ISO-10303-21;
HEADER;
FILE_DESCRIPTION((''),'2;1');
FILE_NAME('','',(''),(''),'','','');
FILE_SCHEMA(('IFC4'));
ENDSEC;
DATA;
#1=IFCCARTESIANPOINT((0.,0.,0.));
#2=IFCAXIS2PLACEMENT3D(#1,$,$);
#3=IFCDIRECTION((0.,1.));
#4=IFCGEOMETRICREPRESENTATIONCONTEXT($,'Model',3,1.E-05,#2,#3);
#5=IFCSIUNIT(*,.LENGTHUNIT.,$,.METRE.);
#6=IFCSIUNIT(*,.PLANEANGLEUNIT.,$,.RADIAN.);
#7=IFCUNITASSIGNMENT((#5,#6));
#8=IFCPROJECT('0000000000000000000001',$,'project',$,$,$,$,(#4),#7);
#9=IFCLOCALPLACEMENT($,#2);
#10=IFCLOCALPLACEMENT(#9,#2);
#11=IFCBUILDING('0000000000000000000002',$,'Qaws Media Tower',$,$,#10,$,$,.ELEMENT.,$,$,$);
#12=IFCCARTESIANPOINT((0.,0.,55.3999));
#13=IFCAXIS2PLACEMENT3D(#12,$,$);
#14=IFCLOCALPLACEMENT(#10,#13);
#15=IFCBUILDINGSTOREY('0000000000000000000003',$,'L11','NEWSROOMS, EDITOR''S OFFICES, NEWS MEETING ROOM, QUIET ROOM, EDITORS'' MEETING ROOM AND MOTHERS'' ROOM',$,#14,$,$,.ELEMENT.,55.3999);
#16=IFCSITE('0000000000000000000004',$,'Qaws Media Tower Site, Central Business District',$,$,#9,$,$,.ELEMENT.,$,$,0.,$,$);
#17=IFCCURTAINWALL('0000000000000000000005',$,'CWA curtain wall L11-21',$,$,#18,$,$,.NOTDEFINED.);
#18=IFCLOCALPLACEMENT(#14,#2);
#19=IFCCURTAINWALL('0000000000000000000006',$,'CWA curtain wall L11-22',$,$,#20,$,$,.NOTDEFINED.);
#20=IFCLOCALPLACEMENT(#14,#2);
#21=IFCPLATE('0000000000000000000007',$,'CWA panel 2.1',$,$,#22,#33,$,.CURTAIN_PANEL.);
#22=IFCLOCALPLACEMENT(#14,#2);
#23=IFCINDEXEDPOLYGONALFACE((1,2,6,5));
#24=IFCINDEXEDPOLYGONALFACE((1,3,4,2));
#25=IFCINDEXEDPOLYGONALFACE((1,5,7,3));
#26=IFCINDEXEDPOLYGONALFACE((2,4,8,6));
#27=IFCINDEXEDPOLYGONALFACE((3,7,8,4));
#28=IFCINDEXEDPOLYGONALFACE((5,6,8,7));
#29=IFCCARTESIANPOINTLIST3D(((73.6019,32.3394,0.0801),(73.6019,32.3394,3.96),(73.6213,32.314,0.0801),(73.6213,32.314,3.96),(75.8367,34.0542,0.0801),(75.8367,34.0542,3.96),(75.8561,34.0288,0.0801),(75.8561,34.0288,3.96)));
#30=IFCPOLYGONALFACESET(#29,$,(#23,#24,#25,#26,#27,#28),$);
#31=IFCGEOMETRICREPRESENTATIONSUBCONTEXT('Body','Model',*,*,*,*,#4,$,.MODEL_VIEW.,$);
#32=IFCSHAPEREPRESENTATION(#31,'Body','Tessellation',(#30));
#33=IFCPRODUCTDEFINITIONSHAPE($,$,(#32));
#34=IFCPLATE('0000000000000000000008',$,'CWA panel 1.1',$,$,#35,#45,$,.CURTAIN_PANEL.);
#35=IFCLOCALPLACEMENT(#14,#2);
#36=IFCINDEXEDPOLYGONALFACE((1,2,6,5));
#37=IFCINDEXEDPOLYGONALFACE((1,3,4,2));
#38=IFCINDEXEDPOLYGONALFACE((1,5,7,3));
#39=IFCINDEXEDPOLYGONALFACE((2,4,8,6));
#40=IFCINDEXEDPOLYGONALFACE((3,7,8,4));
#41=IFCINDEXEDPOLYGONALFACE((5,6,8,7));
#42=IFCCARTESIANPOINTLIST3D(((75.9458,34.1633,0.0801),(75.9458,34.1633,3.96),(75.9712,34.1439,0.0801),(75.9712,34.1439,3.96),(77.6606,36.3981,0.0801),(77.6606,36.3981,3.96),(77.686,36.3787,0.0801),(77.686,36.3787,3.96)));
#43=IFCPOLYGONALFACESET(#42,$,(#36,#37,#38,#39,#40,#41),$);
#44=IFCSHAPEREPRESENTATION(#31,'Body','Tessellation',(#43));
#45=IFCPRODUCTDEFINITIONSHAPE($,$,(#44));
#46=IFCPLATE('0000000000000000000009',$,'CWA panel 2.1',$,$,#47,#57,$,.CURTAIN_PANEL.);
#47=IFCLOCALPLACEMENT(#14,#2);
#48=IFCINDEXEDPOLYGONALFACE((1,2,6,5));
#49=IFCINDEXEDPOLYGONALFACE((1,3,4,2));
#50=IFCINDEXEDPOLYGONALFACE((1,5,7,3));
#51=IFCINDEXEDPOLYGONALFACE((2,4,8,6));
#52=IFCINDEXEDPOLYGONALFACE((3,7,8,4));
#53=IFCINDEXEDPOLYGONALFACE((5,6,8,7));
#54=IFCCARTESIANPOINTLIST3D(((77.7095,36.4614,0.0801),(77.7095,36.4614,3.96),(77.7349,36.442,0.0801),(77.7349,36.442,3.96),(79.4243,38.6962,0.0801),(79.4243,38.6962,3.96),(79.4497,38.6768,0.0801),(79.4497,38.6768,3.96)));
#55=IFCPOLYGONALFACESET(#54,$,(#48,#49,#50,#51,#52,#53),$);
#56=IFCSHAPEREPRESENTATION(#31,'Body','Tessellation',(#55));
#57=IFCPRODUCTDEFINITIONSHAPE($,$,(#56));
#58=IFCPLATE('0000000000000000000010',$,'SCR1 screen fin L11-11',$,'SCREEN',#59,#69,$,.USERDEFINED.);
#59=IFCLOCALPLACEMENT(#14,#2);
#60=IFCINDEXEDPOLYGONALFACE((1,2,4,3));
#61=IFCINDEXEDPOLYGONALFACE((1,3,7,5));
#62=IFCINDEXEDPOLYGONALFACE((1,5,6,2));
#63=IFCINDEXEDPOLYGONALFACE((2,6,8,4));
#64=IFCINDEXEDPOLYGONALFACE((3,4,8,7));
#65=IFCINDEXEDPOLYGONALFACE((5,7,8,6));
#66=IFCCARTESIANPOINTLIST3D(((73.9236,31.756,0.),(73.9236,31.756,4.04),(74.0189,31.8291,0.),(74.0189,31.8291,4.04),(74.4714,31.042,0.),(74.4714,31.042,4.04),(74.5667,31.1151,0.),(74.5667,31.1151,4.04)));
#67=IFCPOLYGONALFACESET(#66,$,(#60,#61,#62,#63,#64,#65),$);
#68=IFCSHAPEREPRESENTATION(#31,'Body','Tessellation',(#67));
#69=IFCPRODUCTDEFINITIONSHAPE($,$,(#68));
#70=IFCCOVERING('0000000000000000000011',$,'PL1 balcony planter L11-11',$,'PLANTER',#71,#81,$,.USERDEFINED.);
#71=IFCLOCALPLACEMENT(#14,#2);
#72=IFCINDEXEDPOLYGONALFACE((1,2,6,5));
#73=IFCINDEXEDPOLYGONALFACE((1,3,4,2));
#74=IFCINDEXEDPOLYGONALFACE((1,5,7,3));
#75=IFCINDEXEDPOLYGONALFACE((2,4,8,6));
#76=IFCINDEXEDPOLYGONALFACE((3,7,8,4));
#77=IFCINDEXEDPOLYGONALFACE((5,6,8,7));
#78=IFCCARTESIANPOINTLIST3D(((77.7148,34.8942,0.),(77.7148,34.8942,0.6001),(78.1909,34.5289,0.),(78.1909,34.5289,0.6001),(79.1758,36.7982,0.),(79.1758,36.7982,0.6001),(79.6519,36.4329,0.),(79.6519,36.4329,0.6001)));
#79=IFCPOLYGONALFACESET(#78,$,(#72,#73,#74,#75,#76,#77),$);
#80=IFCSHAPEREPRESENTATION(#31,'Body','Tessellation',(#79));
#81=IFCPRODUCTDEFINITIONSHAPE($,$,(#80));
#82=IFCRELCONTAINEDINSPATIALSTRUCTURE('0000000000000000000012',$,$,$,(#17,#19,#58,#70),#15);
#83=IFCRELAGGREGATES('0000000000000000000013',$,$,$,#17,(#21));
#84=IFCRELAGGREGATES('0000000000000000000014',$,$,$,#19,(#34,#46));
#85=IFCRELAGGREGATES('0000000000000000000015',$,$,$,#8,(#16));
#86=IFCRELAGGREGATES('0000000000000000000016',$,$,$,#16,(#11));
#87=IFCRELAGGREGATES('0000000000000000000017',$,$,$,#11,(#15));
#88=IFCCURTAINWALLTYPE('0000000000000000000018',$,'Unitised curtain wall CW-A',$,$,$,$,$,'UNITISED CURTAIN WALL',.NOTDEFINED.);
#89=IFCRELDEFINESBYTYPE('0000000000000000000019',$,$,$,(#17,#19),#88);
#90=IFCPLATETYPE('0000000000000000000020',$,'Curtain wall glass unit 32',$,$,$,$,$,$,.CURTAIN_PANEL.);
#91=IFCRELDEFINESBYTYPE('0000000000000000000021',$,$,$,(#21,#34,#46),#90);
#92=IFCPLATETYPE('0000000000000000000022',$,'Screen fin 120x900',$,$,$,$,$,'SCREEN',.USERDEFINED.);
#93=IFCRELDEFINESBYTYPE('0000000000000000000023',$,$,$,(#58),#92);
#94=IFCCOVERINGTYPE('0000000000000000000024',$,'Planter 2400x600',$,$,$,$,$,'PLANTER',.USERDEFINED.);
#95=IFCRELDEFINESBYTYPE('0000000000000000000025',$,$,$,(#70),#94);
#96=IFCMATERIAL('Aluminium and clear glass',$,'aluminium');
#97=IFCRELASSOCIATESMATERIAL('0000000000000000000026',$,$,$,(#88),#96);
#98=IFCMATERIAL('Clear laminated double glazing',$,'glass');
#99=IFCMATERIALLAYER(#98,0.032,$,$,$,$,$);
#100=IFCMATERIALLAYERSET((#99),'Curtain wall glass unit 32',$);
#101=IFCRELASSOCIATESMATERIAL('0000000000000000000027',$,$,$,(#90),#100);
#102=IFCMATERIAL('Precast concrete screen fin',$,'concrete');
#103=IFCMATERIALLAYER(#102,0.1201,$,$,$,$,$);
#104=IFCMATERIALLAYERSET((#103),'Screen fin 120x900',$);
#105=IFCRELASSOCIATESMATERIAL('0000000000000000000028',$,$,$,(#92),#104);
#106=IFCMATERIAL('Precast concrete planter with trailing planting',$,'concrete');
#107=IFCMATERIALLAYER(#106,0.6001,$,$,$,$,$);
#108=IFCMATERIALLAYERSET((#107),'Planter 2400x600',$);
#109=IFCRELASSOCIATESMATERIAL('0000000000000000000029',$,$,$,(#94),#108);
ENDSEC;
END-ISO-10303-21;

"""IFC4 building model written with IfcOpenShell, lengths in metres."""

from ifc_helpers import new_model, si_unit, direction, frame, origin, origin_2d, place, context, subcontext, project, spatial, rectangle, extrude, material, layer, layer_set, type_object, element, aggregate, save


model = new_model("IFC4")

# Units and contexts
model_context = context("Model", 3, precision=1e-05, world=origin(), true_north=direction((0.0, 1.0)))
body_context = subcontext(model_context, "Body", "Model", "MODEL_VIEW")
ifc_project = project(units=[si_unit("LENGTHUNIT", "METRE"), si_unit("PLANEANGLEUNIT", "RADIAN")], contexts=[model_context])

# Site, building, storey
site_placement = place(None, origin())
site = spatial("IfcSite", under=ifc_project, at=site_placement, Name="Qaws Media Tower Site, Central Business District", CompositionType="ELEMENT", RefElevation=0.0)
building_placement = place(site_placement, origin())
building = spatial("IfcBuilding", under=site, at=building_placement, Name="Qaws Media Tower", CompositionType="ELEMENT")
storey_placement = place(building_placement, frame((0.0, 0.0, 55.3999)))
storey = spatial("IfcBuildingStorey", under=building, at=storey_placement, Name="L11", Description="NEWSROOMS, EDITOR'S OFFICES, NEWS MEETING ROOM, QUIET ROOM, EDITORS' MEETING ROOM AND MOTHERS' ROOM", CompositionType="ELEMENT", Elevation=55.3999)

# Shared definitions
ifc_material_1 = material(Name="Aluminium and clear glass", Category="aluminium")
curtain_wall_type = type_object("IfcCurtainWallType", Name="Unitised curtain wall CW-A", ElementType="UNITISED CURTAIN WALL", PredefinedType="NOTDEFINED", material=ifc_material_1)

# Curtain walls
curtain_wall_1_placement = place(storey_placement, origin())
curtain_wall_1 = element("IfcCurtainWall", 1, at=curtain_wall_1_placement, inside=storey, type_object=curtain_wall_type, Name="CWA curtain wall L11-21", PredefinedType="NOTDEFINED")
curtain_wall_2_placement = place(storey_placement, origin())
curtain_wall_2 = element("IfcCurtainWall", 2, at=curtain_wall_2_placement, inside=storey, type_object=curtain_wall_type, Name="CWA curtain wall L11-22", PredefinedType="NOTDEFINED")

# Plates
ifc_material_2 = material(Name="Clear laminated double glazing", Category="glass")
ifc_layer_1 = layer(ifc_material_2, 0.032)
ifc_layer_set_1 = layer_set([ifc_layer_1], Name="Curtain wall glass unit 32")
plate_type_1 = type_object("IfcPlateType", Name="Curtain wall glass unit 32", PredefinedType="CURTAIN_PANEL", material=ifc_layer_set_1)
plate_1_placement = place(storey_placement, frame((74.729, 33.1841, 0.0801), z_axis=(0.0, 0.0, 1.0), x_axis=(0.793353, 0.608761, 0.0)))
plate_1 = element("IfcPlate", 3, at=plate_1_placement, type_object=plate_type_1, Name="CWA panel 2.1", PredefinedType="CURTAIN_PANEL", context=body_context, shape_type="SweptSolid", body=[
    extrude(rectangle(XDim=2.8169, YDim=0.032, at=origin_2d()), origin(), (0.0, 0.0, 1.0), 3.8799),
])
aggregate(curtain_wall_1, [plate_1])
plate_2_placement = place(storey_placement, frame((76.8159, 35.271, 0.0801), z_axis=(0.0, 0.0, 1.0), x_axis=(0.608761, 0.793353, 0.0)))
plate_2 = element("IfcPlate", 4, at=plate_2_placement, type_object=plate_type_1, Name="CWA panel 1.1", PredefinedType="CURTAIN_PANEL", context=body_context, shape_type="SweptSolid", body=[
    extrude(rectangle(XDim=2.8169, YDim=0.032, at=origin_2d()), origin(), (0.0, 0.0, 1.0), 3.8799),
])
plate_3_placement = place(storey_placement, frame((78.5796, 37.5691, 0.0801), z_axis=(0.0, 0.0, 1.0), x_axis=(0.608761, 0.793353, 0.0)))
plate_3 = element("IfcPlate", 5, at=plate_3_placement, type_object=plate_type_1, Name="CWA panel 2.1", PredefinedType="CURTAIN_PANEL", context=body_context, shape_type="SweptSolid", body=[
    extrude(rectangle(XDim=2.8169, YDim=0.032, at=origin_2d()), origin(), (0.0, 0.0, 1.0), 3.8799),
])
aggregate(curtain_wall_2, [plate_2, plate_3])
ifc_material_3 = material(Name="Precast concrete screen fin", Category="concrete")
ifc_layer_2 = layer(ifc_material_3, 0.1201)
ifc_layer_set_2 = layer_set([ifc_layer_2], Name="Screen fin 120x900")
plate_type_2 = type_object("IfcPlateType", Name="Screen fin 120x900", ElementType="SCREEN", PredefinedType="USERDEFINED", material=ifc_layer_set_2)
plate_4_placement = place(storey_placement, frame((74.2451, 31.4355, 0.0), z_axis=(0.0, 0.0, 1.0), x_axis=(0.608761, -0.793353, 0.0)))
element("IfcPlate", 6, at=plate_4_placement, inside=storey, type_object=plate_type_2, Name="SCR1 screen fin L11-11", ObjectType="SCREEN", PredefinedType="USERDEFINED", context=body_context, shape_type="SweptSolid", body=[
    extrude(rectangle(XDim=0.8999, YDim=0.1201, at=origin_2d()), origin(), (0.0, 0.0, 1.0), 4.04),
])

# Covering
ifc_material_4 = material(Name="Precast concrete planter with trailing planting", Category="concrete")
ifc_layer_3 = layer(ifc_material_4, 0.6001)
ifc_layer_set_3 = layer_set([ifc_layer_3], Name="Planter 2400x600")
covering_type = type_object("IfcCoveringType", Name="Planter 2400x600", ElementType="PLANTER", PredefinedType="USERDEFINED", material=ifc_layer_set_3)
covering_placement = place(storey_placement, frame((78.6833, 35.6636, 0.0), z_axis=(0.0, 0.0, 1.0), x_axis=(0.608761, 0.793353, 0.0)))
element("IfcCovering", 7, at=covering_placement, inside=storey, type_object=covering_type, Name="PL1 balcony planter L11-11", ObjectType="PLANTER", PredefinedType="USERDEFINED", context=body_context, shape_type="SweptSolid", body=[
    extrude(rectangle(XDim=2.3999, YDim=0.6001, at=origin_2d()), origin(), (0.0, 0.0, 1.0), 0.6001),
])

save(model, "model.ifc")
